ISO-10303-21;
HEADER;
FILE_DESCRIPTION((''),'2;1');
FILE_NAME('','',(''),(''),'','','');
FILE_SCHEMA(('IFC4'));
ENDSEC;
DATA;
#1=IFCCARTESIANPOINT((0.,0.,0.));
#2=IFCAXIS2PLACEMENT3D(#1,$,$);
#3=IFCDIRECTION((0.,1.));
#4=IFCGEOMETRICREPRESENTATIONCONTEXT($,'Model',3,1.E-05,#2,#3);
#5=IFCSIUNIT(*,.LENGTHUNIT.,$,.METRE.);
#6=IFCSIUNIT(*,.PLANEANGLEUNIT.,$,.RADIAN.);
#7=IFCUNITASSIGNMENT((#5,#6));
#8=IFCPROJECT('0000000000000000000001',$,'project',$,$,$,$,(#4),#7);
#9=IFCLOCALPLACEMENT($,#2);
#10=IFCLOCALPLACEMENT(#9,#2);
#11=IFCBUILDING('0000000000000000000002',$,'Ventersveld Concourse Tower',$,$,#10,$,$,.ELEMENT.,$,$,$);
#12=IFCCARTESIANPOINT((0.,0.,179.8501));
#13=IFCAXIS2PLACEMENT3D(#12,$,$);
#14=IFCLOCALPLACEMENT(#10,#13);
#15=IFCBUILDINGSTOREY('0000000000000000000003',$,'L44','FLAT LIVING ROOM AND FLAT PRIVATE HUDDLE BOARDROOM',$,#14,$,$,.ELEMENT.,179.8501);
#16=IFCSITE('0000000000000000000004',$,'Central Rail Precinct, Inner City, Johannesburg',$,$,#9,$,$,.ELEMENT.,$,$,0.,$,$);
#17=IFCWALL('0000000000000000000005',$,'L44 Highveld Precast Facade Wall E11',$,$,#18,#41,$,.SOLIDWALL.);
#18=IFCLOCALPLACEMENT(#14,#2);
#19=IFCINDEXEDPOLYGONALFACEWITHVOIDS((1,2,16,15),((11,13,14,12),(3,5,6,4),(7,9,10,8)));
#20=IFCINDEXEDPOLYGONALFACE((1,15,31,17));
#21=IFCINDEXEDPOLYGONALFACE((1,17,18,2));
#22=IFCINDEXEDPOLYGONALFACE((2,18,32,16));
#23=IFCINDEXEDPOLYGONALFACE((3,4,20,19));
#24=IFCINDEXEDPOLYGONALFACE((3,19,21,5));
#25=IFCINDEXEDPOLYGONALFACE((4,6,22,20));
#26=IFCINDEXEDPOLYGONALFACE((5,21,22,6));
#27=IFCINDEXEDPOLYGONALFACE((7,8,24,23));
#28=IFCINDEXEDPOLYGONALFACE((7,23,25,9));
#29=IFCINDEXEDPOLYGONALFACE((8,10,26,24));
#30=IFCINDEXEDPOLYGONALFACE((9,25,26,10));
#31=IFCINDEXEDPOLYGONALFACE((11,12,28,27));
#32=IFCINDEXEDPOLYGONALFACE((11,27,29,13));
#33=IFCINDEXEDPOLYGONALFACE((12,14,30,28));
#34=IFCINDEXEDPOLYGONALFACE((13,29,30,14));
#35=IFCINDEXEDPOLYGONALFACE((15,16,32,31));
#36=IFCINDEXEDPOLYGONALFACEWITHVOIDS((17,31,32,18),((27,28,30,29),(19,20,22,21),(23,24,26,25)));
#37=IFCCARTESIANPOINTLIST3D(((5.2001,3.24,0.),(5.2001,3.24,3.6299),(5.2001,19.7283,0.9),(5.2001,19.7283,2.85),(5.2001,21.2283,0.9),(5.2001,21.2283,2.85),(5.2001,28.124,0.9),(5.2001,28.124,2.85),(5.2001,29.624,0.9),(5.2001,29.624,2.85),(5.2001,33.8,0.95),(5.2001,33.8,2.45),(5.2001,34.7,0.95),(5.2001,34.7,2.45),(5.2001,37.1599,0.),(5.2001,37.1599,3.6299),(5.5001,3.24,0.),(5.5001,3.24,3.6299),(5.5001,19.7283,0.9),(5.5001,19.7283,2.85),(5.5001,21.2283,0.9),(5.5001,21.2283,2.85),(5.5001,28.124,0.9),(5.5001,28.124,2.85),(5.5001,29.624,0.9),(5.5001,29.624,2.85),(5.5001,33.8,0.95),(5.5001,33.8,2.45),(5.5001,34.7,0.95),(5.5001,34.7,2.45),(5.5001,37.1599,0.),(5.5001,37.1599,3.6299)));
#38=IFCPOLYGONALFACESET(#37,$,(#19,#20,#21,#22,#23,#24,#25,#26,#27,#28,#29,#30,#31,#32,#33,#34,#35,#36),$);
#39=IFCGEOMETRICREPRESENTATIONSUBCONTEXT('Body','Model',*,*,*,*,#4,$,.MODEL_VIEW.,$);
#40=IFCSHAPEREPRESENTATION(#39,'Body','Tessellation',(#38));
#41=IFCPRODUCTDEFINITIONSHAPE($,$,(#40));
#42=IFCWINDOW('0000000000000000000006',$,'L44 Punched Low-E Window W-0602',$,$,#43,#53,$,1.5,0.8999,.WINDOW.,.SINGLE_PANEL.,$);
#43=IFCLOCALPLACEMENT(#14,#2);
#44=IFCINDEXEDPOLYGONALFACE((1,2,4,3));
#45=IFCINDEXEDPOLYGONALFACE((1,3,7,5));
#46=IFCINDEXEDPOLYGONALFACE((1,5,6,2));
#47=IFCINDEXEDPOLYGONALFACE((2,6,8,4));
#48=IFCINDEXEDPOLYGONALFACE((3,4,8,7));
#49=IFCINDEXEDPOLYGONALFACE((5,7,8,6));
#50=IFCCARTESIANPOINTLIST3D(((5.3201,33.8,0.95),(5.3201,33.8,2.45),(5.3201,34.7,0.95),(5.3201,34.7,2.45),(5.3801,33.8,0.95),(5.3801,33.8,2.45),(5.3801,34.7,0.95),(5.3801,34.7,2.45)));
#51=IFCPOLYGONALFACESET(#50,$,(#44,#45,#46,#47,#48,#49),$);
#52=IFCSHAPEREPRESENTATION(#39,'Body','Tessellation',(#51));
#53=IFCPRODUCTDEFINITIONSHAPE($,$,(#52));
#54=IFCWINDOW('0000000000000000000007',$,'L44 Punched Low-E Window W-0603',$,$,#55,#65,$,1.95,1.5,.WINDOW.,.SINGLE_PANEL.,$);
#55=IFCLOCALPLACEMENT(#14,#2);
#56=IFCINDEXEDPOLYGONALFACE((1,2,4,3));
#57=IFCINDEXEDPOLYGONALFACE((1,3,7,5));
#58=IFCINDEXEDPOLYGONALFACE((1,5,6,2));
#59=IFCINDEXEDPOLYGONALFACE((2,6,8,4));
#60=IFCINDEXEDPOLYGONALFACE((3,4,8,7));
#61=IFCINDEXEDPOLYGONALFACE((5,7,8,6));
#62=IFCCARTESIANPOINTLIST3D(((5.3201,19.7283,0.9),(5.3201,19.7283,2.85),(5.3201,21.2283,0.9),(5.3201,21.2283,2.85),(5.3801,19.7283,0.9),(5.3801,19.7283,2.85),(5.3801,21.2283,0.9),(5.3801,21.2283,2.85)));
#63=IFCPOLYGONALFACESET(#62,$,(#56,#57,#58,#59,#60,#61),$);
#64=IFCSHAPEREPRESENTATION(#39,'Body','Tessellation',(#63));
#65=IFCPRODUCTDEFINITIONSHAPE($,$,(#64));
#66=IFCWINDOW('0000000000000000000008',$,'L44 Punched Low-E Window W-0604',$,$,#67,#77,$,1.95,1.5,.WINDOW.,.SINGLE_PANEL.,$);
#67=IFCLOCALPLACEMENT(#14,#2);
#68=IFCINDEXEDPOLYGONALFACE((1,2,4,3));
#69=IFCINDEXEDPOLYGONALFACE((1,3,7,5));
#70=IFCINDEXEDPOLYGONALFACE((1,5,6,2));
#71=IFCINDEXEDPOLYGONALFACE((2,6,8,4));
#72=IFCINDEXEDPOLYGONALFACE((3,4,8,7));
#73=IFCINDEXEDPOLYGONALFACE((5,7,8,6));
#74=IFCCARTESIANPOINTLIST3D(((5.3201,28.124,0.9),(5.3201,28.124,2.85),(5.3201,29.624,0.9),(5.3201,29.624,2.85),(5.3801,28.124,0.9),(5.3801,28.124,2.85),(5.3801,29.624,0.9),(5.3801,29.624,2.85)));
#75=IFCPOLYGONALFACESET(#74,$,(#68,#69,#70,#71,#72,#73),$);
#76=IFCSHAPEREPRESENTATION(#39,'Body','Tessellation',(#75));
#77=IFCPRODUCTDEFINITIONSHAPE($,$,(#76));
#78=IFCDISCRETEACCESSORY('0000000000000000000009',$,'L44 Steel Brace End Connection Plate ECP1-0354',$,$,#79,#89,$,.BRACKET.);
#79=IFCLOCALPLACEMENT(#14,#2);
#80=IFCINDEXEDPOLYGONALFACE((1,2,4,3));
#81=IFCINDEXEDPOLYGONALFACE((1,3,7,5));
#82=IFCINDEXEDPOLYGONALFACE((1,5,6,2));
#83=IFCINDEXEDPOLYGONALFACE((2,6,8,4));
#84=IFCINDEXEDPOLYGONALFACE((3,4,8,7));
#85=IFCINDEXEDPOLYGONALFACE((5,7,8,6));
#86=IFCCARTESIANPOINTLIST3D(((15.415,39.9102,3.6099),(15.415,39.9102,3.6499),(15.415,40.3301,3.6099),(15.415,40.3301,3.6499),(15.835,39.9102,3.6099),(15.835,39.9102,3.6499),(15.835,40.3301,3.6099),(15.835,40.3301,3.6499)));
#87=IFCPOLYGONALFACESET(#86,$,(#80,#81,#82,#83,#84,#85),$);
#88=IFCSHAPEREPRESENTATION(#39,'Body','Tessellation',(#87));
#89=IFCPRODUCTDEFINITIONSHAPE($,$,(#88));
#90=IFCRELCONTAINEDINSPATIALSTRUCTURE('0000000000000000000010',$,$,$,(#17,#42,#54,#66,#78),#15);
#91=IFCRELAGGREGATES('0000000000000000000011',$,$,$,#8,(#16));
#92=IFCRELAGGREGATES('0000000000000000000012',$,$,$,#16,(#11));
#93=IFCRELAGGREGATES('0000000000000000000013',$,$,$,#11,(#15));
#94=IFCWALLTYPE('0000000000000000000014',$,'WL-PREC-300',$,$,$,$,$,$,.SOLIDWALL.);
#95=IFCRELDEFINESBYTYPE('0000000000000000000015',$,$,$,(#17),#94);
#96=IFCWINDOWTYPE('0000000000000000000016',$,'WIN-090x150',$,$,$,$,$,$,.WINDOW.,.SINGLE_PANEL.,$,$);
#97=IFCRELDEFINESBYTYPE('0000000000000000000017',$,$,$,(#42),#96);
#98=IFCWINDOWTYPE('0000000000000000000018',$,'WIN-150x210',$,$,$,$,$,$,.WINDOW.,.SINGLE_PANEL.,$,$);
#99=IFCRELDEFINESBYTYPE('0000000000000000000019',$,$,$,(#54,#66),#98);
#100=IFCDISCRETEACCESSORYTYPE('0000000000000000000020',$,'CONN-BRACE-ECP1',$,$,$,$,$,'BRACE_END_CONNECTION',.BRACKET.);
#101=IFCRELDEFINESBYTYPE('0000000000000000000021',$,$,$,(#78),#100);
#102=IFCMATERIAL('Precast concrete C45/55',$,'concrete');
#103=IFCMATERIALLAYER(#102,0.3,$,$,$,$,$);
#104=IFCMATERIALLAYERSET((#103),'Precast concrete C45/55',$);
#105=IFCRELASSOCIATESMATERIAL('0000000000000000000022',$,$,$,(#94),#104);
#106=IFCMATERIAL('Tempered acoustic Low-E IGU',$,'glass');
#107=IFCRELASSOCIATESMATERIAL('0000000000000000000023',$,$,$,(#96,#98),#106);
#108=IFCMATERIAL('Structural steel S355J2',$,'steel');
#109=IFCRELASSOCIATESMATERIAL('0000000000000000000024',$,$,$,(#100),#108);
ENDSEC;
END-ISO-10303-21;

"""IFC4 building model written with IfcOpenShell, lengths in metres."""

from ifc_helpers import new_model, si_unit, direction, frame, frame_2d, origin, origin_2d, place, context, subcontext, project, spatial, rectangle, extrude, material, layer, layer_set, type_object, element, fill, save


model = new_model("IFC4")

# Units and contexts
model_context = context("Model", 3, precision=1e-05, world=origin(), true_north=direction((0.0, 1.0)))
body_context = subcontext(model_context, "Body", "Model", "MODEL_VIEW")
ifc_project = project(units=[si_unit("LENGTHUNIT", "METRE"), si_unit("PLANEANGLEUNIT", "RADIAN")], contexts=[model_context])

# Site, building, storey
site_placement = place(None, origin())
site = spatial("IfcSite", under=ifc_project, at=site_placement, Name="Central Rail Precinct, Inner City, Johannesburg", CompositionType="ELEMENT", RefElevation=0.0)
building_placement = place(site_placement, origin())
building = spatial("IfcBuilding", under=site, at=building_placement, Name="Ventersveld Concourse Tower", CompositionType="ELEMENT")
storey_placement = place(building_placement, frame((0.0, 0.0, 179.8501)))
storey = spatial("IfcBuildingStorey", under=building, at=storey_placement, Name="L44", Description="FLAT LIVING ROOM AND FLAT PRIVATE HUDDLE BOARDROOM", CompositionType="ELEMENT", Elevation=179.8501)

# Shared definitions
ifc_material_1 = material(Name="Structural steel S355J2", Category="steel")

# Shared definitions
ifc_material_2 = material(Name="Precast concrete C45/55", Category="concrete")
ifc_layer_1 = layer(ifc_material_2, 0.3)
ifc_layer_set_1 = layer_set([ifc_layer_1], Name="Precast concrete C45/55")
wall_type_1 = type_object("IfcWallType", Name="WL-PREC-300", PredefinedType="SOLIDWALL", material=ifc_layer_set_1)

# Wall, openings, windows
wall_1_placement = place(storey_placement, frame((5.3501, 37.1599, 0.0), z_axis=(0.0, 0.0, 1.0), x_axis=(0.0, -1.0, 0.0)))
wall_1 = element("IfcWall", 1, at=wall_1_placement, inside=storey, type_object=wall_type_1, Name="L44 Highveld Precast Facade Wall E11", PredefinedType="SOLIDWALL", context=body_context, shape_type="SweptSolid", body=[
    extrude(rectangle(XDim=33.9199, YDim=0.3, at=frame_2d((16.96, 0.0))), origin(), (0.0, 0.0, 1.0), 3.6299),
])
opening_1_placement = place(wall_1_placement, frame((2.46, 0.0, 0.95)))
opening_1 = element("IfcOpeningElement", 2, at=opening_1_placement, cuts=wall_1, PredefinedType="OPENING", context=body_context, shape_type="SweptSolid", body=[
    extrude(rectangle(XDim=0.8999, YDim=1.5, at=frame_2d((0.45, 0.75))), frame((0.0, 0.1602, 0.0), z_axis=(0.0, -1.0, 0.0), x_axis=(1.0, 0.0, 0.0)), (0.0, 0.0, 1.0), 0.3201),
])
opening_2_placement = place(wall_1_placement, frame((15.9316, 0.0, 0.8999)))
opening_2 = element("IfcOpeningElement", 3, at=opening_2_placement, cuts=wall_1, PredefinedType="OPENING", context=body_context, shape_type="SweptSolid", body=[
    extrude(rectangle(XDim=1.5, YDim=1.95, at=frame_2d((0.75, 0.9751))), frame((0.0, 0.1602, 0.0), z_axis=(0.0, -1.0, 0.0), x_axis=(1.0, 0.0, 0.0)), (0.0, 0.0, 1.0), 0.3201),
])
opening_3_placement = place(wall_1_placement, frame((7.5359, 0.0, 0.8999)))
opening_3 = element("IfcOpeningElement", 4, at=opening_3_placement, cuts=wall_1, PredefinedType="OPENING", context=body_context, shape_type="SweptSolid", body=[
    extrude(rectangle(XDim=1.5, YDim=1.95, at=frame_2d((0.75, 0.9751))), frame((0.0, 0.1602, 0.0), z_axis=(0.0, -1.0, 0.0), x_axis=(1.0, 0.0, 0.0)), (0.0, 0.0, 1.0), 0.3201),
])
ifc_material_3 = material(Name="Tempered acoustic Low-E IGU", Category="glass")
window_type_1 = type_object("IfcWindowType", Name="WIN-090x150", PartitioningType="SINGLE_PANEL", PredefinedType="WINDOW", material=ifc_material_3)
window_1_placement = place(opening_1_placement, origin())
window_1 = element("IfcWindow", 5, at=window_1_placement, inside=storey, type_object=window_type_1, Name="L44 Punched Low-E Window W-0602", OverallHeight=1.5, OverallWidth=0.8999, PartitioningType="SINGLE_PANEL", PredefinedType="WINDOW", context=body_context, shape_type="SweptSolid", body=[
    extrude(rectangle(XDim=0.8999, YDim=1.5, at=frame_2d((0.45, 0.75))), frame((0.0, 0.03, 0.0), z_axis=(0.0, -1.0, 0.0), x_axis=(1.0, 0.0, 0.0)), (0.0, 0.0, 1.0), 0.0601),
])
fill(opening_1, window_1)
window_type_2 = type_object("IfcWindowType", Name="WIN-150x210", PartitioningType="SINGLE_PANEL", PredefinedType="WINDOW", material=ifc_material_3)
window_2_placement = place(opening_2_placement, origin())
window_2 = element("IfcWindow", 6, at=window_2_placement, inside=storey, type_object=window_type_2, Name="L44 Punched Low-E Window W-0603", OverallHeight=1.95, OverallWidth=1.5, PartitioningType="SINGLE_PANEL", PredefinedType="WINDOW", context=body_context, shape_type="SweptSolid", body=[
    extrude(rectangle(XDim=1.5, YDim=1.95, at=frame_2d((0.75, 0.9751))), frame((0.0, 0.03, 0.0), z_axis=(0.0, -1.0, 0.0), x_axis=(1.0, 0.0, 0.0)), (0.0, 0.0, 1.0), 0.0601),
])
fill(opening_2, window_2)
window_3_placement = place(opening_3_placement, origin())
window_3 = element("IfcWindow", 7, at=window_3_placement, inside=storey, type_object=window_type_2, Name="L44 Punched Low-E Window W-0604", OverallHeight=1.95, OverallWidth=1.5, PartitioningType="SINGLE_PANEL", PredefinedType="WINDOW", context=body_context, shape_type="SweptSolid", body=[
    extrude(rectangle(XDim=1.5, YDim=1.95, at=frame_2d((0.75, 0.9751))), frame((0.0, 0.03, 0.0), z_axis=(0.0, -1.0, 0.0), x_axis=(1.0, 0.0, 0.0)), (0.0, 0.0, 1.0), 0.0601),
])
fill(opening_3, window_3)

# Discrete accessory
discrete_accessory_type = type_object("IfcDiscreteAccessoryType", Name="CONN-BRACE-ECP1", ElementType="BRACE_END_CONNECTION", PredefinedType="BRACKET", material=ifc_material_1)
discrete_accessory_placement = place(storey_placement, frame((15.625, 40.1201, 3.6099), z_axis=(0.0, 0.0, 1.0), x_axis=(1.0, 0.0, 0.0)))
element("IfcDiscreteAccessory", 8, at=discrete_accessory_placement, inside=storey, type_object=discrete_accessory_type, Name="L44 Steel Brace End Connection Plate ECP1-0354", PredefinedType="BRACKET", context=body_context, shape_type="SweptSolid", body=[
    extrude(rectangle(XDim=0.4199, YDim=0.4199, at=origin_2d()), origin(), (0.0, 0.0, 1.0), 0.04),
])

save(model, "model.ifc")
